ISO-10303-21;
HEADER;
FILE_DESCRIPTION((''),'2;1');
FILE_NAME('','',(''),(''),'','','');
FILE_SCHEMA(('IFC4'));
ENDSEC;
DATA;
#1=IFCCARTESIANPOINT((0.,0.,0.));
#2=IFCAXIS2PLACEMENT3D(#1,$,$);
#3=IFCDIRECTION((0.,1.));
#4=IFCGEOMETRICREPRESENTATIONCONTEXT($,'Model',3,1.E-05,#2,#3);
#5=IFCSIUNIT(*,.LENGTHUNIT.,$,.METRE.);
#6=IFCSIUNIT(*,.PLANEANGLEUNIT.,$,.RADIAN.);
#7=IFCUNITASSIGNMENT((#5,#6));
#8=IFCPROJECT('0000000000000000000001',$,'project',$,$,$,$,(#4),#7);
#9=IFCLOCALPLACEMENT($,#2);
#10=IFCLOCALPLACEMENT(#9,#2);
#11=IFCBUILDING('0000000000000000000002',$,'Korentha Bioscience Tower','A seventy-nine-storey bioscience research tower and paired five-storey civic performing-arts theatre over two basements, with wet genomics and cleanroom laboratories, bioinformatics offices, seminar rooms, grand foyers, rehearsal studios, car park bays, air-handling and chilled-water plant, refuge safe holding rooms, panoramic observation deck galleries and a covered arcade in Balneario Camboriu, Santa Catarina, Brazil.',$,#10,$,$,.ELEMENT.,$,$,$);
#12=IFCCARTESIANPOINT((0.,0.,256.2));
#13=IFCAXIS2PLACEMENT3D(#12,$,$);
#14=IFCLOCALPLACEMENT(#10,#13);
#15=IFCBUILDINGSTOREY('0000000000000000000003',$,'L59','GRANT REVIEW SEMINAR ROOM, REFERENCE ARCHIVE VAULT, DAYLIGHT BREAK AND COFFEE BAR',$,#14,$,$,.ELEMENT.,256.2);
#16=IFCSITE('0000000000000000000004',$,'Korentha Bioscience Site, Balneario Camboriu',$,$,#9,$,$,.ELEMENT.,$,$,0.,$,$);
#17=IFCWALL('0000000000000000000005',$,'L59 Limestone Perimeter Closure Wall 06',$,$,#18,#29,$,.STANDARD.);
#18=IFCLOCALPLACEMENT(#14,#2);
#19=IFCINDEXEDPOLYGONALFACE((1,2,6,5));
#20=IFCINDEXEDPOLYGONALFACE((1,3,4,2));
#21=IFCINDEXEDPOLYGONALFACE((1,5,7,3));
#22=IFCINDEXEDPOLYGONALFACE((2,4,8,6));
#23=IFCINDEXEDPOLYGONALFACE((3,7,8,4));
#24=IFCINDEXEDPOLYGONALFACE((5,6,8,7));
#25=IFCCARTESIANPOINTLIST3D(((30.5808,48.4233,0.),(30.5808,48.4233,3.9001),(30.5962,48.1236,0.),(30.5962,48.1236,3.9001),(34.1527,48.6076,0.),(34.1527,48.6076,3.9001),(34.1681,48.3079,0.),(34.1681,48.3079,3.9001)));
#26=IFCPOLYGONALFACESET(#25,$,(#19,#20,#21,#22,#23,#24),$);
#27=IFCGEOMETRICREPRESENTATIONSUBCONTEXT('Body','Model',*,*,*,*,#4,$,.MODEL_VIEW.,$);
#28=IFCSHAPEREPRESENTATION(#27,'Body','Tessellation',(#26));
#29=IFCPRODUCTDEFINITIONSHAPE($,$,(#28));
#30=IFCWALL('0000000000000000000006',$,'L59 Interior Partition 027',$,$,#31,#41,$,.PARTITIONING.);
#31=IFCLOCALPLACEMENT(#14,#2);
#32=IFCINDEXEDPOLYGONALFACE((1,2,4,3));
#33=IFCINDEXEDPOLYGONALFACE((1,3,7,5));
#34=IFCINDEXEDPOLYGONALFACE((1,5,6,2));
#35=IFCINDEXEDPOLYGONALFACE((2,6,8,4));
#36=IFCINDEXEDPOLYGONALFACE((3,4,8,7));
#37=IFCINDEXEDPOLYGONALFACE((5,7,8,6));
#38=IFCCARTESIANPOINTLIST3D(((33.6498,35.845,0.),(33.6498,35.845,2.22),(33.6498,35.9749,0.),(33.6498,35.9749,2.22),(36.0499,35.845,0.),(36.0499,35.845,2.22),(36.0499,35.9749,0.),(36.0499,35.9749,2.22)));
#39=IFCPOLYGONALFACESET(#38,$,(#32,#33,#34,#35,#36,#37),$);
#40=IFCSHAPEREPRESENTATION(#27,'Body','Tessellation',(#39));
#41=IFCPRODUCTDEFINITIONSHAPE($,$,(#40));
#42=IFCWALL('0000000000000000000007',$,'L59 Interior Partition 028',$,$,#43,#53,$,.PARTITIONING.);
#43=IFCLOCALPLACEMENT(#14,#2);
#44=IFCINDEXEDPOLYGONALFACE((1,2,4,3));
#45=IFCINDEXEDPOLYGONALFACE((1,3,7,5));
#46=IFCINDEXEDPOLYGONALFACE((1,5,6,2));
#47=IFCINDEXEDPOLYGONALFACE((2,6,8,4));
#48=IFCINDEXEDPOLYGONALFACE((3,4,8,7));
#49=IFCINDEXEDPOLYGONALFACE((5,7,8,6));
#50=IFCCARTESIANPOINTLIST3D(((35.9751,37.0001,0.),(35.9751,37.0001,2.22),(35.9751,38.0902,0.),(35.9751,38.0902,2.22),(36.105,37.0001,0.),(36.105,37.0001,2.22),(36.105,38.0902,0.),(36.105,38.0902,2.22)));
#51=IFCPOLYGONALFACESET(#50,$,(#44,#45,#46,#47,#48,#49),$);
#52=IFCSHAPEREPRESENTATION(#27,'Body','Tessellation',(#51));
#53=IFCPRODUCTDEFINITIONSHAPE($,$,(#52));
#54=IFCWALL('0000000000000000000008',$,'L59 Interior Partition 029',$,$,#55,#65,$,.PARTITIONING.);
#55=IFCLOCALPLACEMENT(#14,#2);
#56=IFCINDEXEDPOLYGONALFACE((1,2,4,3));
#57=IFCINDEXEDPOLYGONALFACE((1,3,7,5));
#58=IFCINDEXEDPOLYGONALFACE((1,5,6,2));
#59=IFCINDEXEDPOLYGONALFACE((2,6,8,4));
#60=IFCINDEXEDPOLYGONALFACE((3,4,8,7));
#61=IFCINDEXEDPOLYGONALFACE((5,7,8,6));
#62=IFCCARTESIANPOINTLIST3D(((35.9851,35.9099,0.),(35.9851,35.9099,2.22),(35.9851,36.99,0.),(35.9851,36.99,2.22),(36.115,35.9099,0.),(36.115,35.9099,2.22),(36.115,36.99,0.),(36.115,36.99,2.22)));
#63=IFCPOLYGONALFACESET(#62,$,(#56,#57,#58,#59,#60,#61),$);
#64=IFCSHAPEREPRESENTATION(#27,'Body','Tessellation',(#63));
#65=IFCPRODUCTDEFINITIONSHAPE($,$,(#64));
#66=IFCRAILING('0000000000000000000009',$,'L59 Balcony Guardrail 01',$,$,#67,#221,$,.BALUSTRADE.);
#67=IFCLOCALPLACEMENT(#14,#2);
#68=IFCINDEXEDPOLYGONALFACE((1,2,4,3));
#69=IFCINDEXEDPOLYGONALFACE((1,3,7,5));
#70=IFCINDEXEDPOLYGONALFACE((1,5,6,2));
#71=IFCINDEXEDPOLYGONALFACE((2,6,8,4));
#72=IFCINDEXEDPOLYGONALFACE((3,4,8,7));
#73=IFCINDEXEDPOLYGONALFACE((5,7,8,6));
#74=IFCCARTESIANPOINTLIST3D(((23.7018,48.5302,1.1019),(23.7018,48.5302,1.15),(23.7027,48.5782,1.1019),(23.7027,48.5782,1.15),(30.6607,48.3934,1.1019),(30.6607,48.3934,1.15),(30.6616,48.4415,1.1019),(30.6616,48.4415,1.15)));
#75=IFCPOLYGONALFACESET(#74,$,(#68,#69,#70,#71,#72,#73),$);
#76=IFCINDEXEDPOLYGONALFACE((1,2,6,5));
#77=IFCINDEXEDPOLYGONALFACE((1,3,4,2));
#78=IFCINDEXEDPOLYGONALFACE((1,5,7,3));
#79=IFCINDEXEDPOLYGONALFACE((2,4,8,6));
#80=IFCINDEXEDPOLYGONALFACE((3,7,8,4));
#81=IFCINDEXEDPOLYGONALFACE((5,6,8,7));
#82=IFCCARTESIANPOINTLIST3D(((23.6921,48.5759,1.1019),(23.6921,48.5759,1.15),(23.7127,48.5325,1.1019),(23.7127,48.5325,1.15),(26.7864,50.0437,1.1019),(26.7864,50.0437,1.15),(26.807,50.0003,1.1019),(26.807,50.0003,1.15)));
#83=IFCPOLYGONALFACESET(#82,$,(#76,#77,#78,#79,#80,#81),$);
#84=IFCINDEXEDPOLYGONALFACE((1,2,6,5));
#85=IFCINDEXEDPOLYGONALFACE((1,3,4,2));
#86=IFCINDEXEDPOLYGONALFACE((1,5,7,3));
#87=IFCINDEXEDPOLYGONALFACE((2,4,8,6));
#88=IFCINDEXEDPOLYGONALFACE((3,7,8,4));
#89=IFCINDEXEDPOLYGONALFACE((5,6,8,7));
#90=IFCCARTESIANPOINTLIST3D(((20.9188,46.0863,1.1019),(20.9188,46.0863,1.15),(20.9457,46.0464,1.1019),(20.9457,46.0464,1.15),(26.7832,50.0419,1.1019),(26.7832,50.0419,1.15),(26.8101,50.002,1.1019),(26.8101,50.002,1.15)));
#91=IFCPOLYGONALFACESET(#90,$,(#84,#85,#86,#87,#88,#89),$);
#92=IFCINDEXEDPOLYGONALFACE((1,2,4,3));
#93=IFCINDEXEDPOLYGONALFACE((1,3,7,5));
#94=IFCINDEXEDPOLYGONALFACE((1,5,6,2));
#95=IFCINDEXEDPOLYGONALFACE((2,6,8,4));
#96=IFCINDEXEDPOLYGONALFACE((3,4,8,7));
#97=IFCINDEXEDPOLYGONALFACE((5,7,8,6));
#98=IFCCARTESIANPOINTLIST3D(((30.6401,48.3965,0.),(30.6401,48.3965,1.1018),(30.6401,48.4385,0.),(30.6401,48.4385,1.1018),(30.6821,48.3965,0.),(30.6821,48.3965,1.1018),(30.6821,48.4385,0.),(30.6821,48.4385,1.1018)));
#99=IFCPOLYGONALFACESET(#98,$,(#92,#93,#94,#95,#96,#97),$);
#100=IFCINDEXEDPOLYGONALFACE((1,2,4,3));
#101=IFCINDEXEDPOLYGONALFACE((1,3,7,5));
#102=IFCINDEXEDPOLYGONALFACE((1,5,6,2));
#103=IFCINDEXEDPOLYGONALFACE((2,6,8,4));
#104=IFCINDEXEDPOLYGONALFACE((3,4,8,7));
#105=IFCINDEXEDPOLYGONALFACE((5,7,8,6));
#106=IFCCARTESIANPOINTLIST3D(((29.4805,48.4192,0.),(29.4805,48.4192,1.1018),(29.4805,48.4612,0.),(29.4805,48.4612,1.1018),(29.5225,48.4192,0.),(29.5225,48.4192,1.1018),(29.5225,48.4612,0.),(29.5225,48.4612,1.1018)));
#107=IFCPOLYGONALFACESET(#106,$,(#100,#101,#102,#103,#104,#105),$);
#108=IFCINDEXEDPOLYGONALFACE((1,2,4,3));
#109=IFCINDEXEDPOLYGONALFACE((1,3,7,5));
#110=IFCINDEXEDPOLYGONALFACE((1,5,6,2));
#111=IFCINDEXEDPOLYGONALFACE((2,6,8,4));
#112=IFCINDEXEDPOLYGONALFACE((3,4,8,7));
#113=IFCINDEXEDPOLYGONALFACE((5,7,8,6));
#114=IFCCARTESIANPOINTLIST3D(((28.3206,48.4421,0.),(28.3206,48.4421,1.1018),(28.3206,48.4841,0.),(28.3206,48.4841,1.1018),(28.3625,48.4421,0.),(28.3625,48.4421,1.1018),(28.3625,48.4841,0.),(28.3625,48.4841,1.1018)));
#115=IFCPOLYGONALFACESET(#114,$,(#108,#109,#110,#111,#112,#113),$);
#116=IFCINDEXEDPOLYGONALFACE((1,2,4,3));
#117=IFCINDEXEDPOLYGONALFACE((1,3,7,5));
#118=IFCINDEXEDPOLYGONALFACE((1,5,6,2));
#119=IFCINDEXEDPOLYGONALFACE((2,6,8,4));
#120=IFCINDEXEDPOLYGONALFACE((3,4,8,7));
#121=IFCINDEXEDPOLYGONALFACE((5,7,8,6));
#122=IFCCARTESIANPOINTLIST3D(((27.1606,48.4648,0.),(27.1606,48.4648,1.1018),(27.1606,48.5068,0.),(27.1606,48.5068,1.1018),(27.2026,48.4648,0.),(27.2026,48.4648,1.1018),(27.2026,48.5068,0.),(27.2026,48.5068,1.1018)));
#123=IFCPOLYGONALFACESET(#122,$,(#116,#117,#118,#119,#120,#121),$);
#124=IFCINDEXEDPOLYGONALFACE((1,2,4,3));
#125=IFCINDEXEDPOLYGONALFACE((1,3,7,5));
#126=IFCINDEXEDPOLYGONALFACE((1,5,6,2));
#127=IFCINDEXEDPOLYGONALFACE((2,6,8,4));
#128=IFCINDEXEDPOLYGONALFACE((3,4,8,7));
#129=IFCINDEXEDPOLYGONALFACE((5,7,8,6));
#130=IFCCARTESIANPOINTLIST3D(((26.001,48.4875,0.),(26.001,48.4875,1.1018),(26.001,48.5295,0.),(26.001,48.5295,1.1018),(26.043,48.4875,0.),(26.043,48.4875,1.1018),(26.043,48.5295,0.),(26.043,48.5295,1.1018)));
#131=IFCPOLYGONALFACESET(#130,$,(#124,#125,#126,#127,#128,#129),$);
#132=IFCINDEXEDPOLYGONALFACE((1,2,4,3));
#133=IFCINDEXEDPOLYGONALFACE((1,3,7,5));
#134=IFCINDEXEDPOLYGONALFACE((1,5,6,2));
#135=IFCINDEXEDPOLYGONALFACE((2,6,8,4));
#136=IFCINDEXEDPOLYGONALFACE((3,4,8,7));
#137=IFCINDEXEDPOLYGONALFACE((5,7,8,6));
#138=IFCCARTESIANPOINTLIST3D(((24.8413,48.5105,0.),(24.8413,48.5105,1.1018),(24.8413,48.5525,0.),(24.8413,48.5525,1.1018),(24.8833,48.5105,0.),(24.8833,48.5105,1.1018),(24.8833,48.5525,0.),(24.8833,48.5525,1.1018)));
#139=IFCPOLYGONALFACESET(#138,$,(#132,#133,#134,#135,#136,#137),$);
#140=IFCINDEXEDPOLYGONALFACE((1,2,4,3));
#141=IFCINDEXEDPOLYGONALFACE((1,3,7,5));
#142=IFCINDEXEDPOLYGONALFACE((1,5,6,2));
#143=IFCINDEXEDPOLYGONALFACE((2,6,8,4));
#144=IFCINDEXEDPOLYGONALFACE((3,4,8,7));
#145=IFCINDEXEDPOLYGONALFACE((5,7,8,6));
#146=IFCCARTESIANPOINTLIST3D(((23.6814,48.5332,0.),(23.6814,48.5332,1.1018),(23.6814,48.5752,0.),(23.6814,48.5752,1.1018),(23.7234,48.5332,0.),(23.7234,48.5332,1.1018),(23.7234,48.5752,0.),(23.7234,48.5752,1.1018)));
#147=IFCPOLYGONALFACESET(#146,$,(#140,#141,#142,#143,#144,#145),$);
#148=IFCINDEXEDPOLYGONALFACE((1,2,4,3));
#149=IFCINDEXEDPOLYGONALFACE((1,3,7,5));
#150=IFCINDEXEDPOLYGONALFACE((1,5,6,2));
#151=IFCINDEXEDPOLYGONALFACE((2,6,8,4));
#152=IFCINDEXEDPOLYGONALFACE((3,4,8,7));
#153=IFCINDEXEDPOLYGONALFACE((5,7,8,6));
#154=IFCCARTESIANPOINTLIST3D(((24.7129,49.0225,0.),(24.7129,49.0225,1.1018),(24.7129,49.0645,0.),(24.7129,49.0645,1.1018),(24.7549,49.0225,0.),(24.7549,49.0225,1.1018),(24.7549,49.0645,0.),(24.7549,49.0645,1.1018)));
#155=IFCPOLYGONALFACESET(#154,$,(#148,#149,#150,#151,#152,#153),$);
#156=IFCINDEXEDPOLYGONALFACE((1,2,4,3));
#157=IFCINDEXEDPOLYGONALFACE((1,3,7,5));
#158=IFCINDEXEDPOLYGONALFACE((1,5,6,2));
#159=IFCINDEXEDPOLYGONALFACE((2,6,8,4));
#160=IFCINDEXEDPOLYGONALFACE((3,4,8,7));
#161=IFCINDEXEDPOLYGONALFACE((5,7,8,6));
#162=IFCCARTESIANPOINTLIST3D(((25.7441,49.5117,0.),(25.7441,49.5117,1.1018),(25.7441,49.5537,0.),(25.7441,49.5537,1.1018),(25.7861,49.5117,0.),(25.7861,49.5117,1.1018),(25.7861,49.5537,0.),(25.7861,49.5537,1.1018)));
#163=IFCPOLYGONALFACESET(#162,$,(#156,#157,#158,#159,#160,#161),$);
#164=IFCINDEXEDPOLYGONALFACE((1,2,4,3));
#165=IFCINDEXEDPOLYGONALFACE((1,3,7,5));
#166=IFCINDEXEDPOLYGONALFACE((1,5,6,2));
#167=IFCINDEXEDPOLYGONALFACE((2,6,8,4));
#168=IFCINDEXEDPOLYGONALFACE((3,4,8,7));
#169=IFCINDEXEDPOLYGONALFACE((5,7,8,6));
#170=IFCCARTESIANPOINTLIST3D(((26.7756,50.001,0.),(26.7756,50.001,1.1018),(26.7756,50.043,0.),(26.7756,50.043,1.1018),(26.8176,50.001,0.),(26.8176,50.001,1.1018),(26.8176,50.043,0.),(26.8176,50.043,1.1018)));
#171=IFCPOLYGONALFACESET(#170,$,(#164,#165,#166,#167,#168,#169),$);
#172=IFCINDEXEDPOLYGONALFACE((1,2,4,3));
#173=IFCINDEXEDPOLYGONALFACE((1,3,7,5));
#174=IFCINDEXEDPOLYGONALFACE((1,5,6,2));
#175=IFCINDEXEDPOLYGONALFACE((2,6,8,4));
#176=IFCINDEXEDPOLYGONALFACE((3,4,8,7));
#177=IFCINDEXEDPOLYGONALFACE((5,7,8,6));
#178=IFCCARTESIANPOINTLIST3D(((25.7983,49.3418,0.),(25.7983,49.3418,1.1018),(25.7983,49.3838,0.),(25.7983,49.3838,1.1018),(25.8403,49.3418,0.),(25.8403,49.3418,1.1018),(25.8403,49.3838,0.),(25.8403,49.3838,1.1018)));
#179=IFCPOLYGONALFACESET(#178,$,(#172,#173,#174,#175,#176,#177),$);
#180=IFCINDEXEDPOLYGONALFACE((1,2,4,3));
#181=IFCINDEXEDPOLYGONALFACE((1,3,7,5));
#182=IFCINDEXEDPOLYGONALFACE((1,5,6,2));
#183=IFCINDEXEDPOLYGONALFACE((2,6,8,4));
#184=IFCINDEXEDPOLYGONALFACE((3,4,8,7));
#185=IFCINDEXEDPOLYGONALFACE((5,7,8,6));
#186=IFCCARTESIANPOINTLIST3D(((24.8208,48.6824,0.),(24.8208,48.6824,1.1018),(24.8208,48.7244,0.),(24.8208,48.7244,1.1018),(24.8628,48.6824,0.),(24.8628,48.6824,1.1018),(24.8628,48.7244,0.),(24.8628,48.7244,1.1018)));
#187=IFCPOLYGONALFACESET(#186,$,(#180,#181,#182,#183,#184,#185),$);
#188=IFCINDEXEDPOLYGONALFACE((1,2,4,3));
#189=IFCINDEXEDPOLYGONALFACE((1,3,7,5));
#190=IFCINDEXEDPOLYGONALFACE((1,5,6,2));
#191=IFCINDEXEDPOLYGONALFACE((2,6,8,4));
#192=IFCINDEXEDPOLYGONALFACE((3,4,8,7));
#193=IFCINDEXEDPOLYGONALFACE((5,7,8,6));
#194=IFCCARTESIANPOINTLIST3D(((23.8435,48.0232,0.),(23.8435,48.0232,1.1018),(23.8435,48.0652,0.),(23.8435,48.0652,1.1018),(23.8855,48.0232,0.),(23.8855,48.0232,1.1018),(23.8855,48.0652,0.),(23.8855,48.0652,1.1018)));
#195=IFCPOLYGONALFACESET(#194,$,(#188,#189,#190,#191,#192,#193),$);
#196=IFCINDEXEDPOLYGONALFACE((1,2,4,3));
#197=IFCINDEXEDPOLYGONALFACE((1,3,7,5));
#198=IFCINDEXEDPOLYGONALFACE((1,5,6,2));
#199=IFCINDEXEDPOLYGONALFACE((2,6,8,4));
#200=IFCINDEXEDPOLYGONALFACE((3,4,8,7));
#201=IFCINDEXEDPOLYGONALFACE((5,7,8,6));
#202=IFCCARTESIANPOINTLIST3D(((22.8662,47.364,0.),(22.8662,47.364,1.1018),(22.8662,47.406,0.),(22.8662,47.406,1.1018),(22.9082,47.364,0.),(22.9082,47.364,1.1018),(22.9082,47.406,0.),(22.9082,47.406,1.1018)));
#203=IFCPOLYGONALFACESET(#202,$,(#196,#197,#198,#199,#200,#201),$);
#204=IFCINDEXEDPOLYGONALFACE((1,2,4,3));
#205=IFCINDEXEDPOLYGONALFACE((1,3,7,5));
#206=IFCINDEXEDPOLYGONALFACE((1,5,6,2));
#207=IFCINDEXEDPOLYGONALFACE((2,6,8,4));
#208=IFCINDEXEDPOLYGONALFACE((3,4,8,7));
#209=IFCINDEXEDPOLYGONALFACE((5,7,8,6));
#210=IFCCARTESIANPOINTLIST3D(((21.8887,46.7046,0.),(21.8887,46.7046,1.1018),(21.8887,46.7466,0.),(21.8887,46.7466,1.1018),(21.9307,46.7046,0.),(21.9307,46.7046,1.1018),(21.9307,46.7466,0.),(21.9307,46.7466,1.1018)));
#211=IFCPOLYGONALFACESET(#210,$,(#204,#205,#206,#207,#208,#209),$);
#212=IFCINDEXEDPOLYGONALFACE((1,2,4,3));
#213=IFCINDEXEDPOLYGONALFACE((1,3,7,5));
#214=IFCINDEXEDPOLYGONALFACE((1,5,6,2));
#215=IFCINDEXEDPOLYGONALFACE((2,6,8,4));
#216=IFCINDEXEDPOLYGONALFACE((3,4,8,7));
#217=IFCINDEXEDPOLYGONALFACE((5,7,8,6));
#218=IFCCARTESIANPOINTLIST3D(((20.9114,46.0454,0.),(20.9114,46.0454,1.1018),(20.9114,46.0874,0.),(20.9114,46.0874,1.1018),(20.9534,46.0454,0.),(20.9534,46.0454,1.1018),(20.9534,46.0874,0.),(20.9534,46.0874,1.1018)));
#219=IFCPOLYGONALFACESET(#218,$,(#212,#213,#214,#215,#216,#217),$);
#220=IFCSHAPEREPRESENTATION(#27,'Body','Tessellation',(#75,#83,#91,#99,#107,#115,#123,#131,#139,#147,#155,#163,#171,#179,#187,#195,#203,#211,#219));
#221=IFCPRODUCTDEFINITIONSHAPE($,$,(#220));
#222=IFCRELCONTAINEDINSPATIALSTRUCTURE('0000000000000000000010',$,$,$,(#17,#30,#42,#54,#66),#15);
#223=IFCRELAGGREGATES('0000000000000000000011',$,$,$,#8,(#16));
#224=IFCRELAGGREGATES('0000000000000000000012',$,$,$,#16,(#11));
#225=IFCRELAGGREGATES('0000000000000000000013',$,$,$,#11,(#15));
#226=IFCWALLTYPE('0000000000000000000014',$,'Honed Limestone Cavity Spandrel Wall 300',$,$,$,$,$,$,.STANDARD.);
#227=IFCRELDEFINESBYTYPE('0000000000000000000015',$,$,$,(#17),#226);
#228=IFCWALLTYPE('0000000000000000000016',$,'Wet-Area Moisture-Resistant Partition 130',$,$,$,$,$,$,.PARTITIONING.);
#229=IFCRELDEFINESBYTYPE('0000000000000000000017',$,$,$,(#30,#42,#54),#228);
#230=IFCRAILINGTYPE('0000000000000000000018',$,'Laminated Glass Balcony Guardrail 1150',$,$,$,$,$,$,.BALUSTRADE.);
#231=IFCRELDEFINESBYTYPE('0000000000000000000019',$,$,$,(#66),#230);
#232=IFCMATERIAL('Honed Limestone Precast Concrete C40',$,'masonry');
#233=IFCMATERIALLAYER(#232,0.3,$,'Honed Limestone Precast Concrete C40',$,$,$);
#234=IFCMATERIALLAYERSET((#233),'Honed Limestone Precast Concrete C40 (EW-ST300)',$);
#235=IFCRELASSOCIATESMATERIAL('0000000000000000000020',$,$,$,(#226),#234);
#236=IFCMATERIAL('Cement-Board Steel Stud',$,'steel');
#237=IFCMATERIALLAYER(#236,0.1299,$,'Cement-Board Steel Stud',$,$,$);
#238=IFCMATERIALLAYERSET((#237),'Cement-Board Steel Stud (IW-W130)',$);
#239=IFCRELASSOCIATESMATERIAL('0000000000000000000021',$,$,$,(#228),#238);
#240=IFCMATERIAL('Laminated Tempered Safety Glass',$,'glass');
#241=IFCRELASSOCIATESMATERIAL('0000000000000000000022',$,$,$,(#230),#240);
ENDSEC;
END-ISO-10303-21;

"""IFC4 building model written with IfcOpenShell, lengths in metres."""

from ifc_helpers import new_model, si_unit, direction, frame, frame_2d, origin, origin_2d, place, context, subcontext, project, spatial, rectangle, extrude, material, layer, layer_set, type_object, element, save


model = new_model("IFC4")

# Units and contexts
model_context = context("Model", 3, precision=1e-05, world=origin(), true_north=direction((0.0, 1.0)))
body_context = subcontext(model_context, "Body", "Model", "MODEL_VIEW")
ifc_project = project(units=[si_unit("LENGTHUNIT", "METRE"), si_unit("PLANEANGLEUNIT", "RADIAN")], contexts=[model_context])

# Site, building, storey
site_placement = place(None, origin())
site = spatial("IfcSite", under=ifc_project, at=site_placement, Name="Korentha Bioscience Site, Balneario Camboriu", CompositionType="ELEMENT", RefElevation=0.0)
building_placement = place(site_placement, origin())
building = spatial("IfcBuilding", under=site, at=building_placement, Name="Korentha Bioscience Tower", Description="A seventy-nine-storey bioscience research tower and paired five-storey civic performing-arts theatre over two basements, with wet genomics and cleanroom laboratories, bioinformatics offices, seminar rooms, grand foyers, rehearsal studios, car park bays, air-handling and chilled-water plant, refuge safe holding rooms, panoramic observation deck galleries and a covered arcade in Balneario Camboriu, Santa Catarina, Brazil.", CompositionType="ELEMENT")
storey_placement = place(building_placement, frame((0.0, 0.0, 256.2)))
storey = spatial("IfcBuildingStorey", under=building, at=storey_placement, Name="L59", Description="GRANT REVIEW SEMINAR ROOM, REFERENCE ARCHIVE VAULT, DAYLIGHT BREAK AND COFFEE BAR", CompositionType="ELEMENT", Elevation=256.2)

# Shared definitions
ifc_material_1 = material(Name="Honed Limestone Precast Concrete C40", Category="masonry")
ifc_layer_1 = layer(ifc_material_1, 0.3, Name="Honed Limestone Precast Concrete C40")
ifc_layer_set_1 = layer_set([ifc_layer_1], Name="Honed Limestone Precast Concrete C40 (EW-ST300)")
wall_type_1 = type_object("IfcWallType", Name="Honed Limestone Cavity Spandrel Wall 300", PredefinedType="STANDARD", material=ifc_layer_set_1)

# Wall
wall_1_placement = place(storey_placement, frame((34.1604, 48.4578, 0.0), z_axis=(0.0, 0.0, 1.0), x_axis=(-0.998671, -0.051534, 0.0)))
element("IfcWall", 1, at=wall_1_placement, inside=storey, type_object=wall_type_1, Name="L59 Limestone Perimeter Closure Wall 06", PredefinedType="STANDARD", context=body_context, shape_type="SweptSolid", body=[
    extrude(rectangle(XDim=3.5767, YDim=0.3, at=frame_2d((1.7883, 0.0))), origin(), (0.0, 0.0, 1.0), 3.9001),
])

# Shared definitions
ifc_material_2 = material(Name="Cement-Board Steel Stud", Category="steel")
ifc_layer_2 = layer(ifc_material_2, 0.1299, Name="Cement-Board Steel Stud")
ifc_layer_set_2 = layer_set([ifc_layer_2], Name="Cement-Board Steel Stud (IW-W130)")
wall_type_2 = type_object("IfcWallType", Name="Wet-Area Moisture-Resistant Partition 130", PredefinedType="PARTITIONING", material=ifc_layer_set_2)

# Walls
wall_2_placement = place(storey_placement, frame((36.05, 35.9099, 0.0), z_axis=(0.0, 0.0, 1.0), x_axis=(-1.0, 0.0, 0.0)))
element("IfcWall", 2, at=wall_2_placement, inside=storey, type_object=wall_type_2, Name="L59 Interior Partition 027", PredefinedType="PARTITIONING", context=body_context, shape_type="SweptSolid", body=[
    extrude(rectangle(XDim=2.4001, YDim=0.1299, at=frame_2d((1.2002, 0.0))), origin(), (0.0, 0.0, 1.0), 2.22),
])
wall_3_placement = place(storey_placement, frame((36.04, 38.0901, 0.0), z_axis=(0.0, 0.0, 1.0), x_axis=(0.0, -1.0, 0.0)))
element("IfcWall", 3, at=wall_3_placement, inside=storey, type_object=wall_type_2, Name="L59 Interior Partition 028", PredefinedType="PARTITIONING", context=body_context, shape_type="SweptSolid", body=[
    extrude(rectangle(XDim=1.0901, YDim=0.1299, at=frame_2d((0.5449, 0.0))), origin(), (0.0, 0.0, 1.0), 2.22),
])
wall_4_placement = place(storey_placement, frame((36.05, 36.99, 0.0), z_axis=(0.0, 0.0, 1.0), x_axis=(0.0, -1.0, 0.0)))
element("IfcWall", 4, at=wall_4_placement, inside=storey, type_object=wall_type_2, Name="L59 Interior Partition 029", PredefinedType="PARTITIONING", context=body_context, shape_type="SweptSolid", body=[
    extrude(rectangle(XDim=1.0801, YDim=0.1299, at=frame_2d((0.54, 0.0))), origin(), (0.0, 0.0, 1.0), 2.22),
])

# Railing
ifc_material_3 = material(Name="Laminated Tempered Safety Glass", Category="glass")
railing_type = type_object("IfcRailingType", Name="Laminated Glass Balcony Guardrail 1150", PredefinedType="BALUSTRADE", material=ifc_material_3)
railing_placement = place(storey_placement, frame((30.6611, 48.4175, 0.0)))
element("IfcRailing", 5, at=railing_placement, inside=storey, type_object=railing_type, Name="L59 Balcony Guardrail 01", PredefinedType="BALUSTRADE", context=body_context, shape_type="SweptSolid", body=[
    extrude(rectangle(XDim=0.0481, YDim=0.0481, at=origin_2d()), frame((0.0, 0.0, 1.126), z_axis=(-0.999807, 0.019643, 0.0), x_axis=(-0.019643, -0.999807, 0.0)), (0.0, 0.0, 1.0), 6.9602),
    extrude(rectangle(XDim=0.0481, YDim=0.0481, at=origin_2d()), frame((-6.9587, 0.1367, 1.126), z_axis=(0.903503, 0.428583, 0.0), x_axis=(-0.428583, 0.903503, 0.0)), (0.0, 0.0, 1.0), 3.4248),
    extrude(rectangle(XDim=0.0481, YDim=0.0481, at=origin_2d()), frame((-3.8645, 1.6045, 1.126), z_axis=(-0.829033, -0.5592, 0.0), x_axis=(0.5592, -0.829033, 0.0)), (0.0, 0.0, 1.0), 7.0737),
    extrude(rectangle(XDim=0.042, YDim=0.042, at=origin_2d()), origin(), (0.0, 0.0, 1.0), 1.1018),
    extrude(rectangle(XDim=0.042, YDim=0.042, at=origin_2d()), frame((-1.1597, 0.0227, 0.0)), (0.0, 0.0, 1.0), 1.1018),
    extrude(rectangle(XDim=0.042, YDim=0.042, at=origin_2d()), frame((-2.3196, 0.0457, 0.0)), (0.0, 0.0, 1.0), 1.1018),
    extrude(rectangle(XDim=0.042, YDim=0.042, at=origin_2d()), frame((-3.4795, 0.0684, 0.0)), (0.0, 0.0, 1.0), 1.1018),
    extrude(rectangle(XDim=0.042, YDim=0.042, at=origin_2d()), frame((-4.6392, 0.0911, 0.0)), (0.0, 0.0, 1.0), 1.1018),
    extrude(rectangle(XDim=0.042, YDim=0.042, at=origin_2d()), frame((-5.7988, 0.114, 0.0)), (0.0, 0.0, 1.0), 1.1018),
    extrude(rectangle(XDim=0.042, YDim=0.042, at=origin_2d()), frame((-6.9587, 0.1367, 0.0)), (0.0, 0.0, 1.0), 1.1018),
    extrude(rectangle(XDim=0.042, YDim=0.042, at=origin_2d()), frame((-5.9272, 0.626, 0.0)), (0.0, 0.0, 1.0), 1.1018),
    extrude(rectangle(XDim=0.042, YDim=0.042, at=origin_2d()), frame((-4.896, 1.1152, 0.0)), (0.0, 0.0, 1.0), 1.1018),
    extrude(rectangle(XDim=0.042, YDim=0.042, at=origin_2d()), frame((-3.8645, 1.6045, 0.0)), (0.0, 0.0, 1.0), 1.1018),
    extrude(rectangle(XDim=0.042, YDim=0.042, at=origin_2d()), frame((-4.8418, 0.9453, 0.0)), (0.0, 0.0, 1.0), 1.1018),
    extrude(rectangle(XDim=0.042, YDim=0.042, at=origin_2d()), frame((-5.8193, 0.2859, 0.0)), (0.0, 0.0, 1.0), 1.1018),
    extrude(rectangle(XDim=0.042, YDim=0.042, at=origin_2d()), frame((-6.7966, -0.3733, 0.0)), (0.0, 0.0, 1.0), 1.1018),
    extrude(rectangle(XDim=0.042, YDim=0.042, at=origin_2d()), frame((-7.7739, -1.0325, 0.0)), (0.0, 0.0, 1.0), 1.1018),
    extrude(rectangle(XDim=0.042, YDim=0.042, at=origin_2d()), frame((-8.7515, -1.6919, 0.0)), (0.0, 0.0, 1.0), 1.1018),
    extrude(rectangle(XDim=0.042, YDim=0.042, at=origin_2d()), frame((-9.7288, -2.3511, 0.0)), (0.0, 0.0, 1.0), 1.1018),
])

save(model, "model.ifc")
